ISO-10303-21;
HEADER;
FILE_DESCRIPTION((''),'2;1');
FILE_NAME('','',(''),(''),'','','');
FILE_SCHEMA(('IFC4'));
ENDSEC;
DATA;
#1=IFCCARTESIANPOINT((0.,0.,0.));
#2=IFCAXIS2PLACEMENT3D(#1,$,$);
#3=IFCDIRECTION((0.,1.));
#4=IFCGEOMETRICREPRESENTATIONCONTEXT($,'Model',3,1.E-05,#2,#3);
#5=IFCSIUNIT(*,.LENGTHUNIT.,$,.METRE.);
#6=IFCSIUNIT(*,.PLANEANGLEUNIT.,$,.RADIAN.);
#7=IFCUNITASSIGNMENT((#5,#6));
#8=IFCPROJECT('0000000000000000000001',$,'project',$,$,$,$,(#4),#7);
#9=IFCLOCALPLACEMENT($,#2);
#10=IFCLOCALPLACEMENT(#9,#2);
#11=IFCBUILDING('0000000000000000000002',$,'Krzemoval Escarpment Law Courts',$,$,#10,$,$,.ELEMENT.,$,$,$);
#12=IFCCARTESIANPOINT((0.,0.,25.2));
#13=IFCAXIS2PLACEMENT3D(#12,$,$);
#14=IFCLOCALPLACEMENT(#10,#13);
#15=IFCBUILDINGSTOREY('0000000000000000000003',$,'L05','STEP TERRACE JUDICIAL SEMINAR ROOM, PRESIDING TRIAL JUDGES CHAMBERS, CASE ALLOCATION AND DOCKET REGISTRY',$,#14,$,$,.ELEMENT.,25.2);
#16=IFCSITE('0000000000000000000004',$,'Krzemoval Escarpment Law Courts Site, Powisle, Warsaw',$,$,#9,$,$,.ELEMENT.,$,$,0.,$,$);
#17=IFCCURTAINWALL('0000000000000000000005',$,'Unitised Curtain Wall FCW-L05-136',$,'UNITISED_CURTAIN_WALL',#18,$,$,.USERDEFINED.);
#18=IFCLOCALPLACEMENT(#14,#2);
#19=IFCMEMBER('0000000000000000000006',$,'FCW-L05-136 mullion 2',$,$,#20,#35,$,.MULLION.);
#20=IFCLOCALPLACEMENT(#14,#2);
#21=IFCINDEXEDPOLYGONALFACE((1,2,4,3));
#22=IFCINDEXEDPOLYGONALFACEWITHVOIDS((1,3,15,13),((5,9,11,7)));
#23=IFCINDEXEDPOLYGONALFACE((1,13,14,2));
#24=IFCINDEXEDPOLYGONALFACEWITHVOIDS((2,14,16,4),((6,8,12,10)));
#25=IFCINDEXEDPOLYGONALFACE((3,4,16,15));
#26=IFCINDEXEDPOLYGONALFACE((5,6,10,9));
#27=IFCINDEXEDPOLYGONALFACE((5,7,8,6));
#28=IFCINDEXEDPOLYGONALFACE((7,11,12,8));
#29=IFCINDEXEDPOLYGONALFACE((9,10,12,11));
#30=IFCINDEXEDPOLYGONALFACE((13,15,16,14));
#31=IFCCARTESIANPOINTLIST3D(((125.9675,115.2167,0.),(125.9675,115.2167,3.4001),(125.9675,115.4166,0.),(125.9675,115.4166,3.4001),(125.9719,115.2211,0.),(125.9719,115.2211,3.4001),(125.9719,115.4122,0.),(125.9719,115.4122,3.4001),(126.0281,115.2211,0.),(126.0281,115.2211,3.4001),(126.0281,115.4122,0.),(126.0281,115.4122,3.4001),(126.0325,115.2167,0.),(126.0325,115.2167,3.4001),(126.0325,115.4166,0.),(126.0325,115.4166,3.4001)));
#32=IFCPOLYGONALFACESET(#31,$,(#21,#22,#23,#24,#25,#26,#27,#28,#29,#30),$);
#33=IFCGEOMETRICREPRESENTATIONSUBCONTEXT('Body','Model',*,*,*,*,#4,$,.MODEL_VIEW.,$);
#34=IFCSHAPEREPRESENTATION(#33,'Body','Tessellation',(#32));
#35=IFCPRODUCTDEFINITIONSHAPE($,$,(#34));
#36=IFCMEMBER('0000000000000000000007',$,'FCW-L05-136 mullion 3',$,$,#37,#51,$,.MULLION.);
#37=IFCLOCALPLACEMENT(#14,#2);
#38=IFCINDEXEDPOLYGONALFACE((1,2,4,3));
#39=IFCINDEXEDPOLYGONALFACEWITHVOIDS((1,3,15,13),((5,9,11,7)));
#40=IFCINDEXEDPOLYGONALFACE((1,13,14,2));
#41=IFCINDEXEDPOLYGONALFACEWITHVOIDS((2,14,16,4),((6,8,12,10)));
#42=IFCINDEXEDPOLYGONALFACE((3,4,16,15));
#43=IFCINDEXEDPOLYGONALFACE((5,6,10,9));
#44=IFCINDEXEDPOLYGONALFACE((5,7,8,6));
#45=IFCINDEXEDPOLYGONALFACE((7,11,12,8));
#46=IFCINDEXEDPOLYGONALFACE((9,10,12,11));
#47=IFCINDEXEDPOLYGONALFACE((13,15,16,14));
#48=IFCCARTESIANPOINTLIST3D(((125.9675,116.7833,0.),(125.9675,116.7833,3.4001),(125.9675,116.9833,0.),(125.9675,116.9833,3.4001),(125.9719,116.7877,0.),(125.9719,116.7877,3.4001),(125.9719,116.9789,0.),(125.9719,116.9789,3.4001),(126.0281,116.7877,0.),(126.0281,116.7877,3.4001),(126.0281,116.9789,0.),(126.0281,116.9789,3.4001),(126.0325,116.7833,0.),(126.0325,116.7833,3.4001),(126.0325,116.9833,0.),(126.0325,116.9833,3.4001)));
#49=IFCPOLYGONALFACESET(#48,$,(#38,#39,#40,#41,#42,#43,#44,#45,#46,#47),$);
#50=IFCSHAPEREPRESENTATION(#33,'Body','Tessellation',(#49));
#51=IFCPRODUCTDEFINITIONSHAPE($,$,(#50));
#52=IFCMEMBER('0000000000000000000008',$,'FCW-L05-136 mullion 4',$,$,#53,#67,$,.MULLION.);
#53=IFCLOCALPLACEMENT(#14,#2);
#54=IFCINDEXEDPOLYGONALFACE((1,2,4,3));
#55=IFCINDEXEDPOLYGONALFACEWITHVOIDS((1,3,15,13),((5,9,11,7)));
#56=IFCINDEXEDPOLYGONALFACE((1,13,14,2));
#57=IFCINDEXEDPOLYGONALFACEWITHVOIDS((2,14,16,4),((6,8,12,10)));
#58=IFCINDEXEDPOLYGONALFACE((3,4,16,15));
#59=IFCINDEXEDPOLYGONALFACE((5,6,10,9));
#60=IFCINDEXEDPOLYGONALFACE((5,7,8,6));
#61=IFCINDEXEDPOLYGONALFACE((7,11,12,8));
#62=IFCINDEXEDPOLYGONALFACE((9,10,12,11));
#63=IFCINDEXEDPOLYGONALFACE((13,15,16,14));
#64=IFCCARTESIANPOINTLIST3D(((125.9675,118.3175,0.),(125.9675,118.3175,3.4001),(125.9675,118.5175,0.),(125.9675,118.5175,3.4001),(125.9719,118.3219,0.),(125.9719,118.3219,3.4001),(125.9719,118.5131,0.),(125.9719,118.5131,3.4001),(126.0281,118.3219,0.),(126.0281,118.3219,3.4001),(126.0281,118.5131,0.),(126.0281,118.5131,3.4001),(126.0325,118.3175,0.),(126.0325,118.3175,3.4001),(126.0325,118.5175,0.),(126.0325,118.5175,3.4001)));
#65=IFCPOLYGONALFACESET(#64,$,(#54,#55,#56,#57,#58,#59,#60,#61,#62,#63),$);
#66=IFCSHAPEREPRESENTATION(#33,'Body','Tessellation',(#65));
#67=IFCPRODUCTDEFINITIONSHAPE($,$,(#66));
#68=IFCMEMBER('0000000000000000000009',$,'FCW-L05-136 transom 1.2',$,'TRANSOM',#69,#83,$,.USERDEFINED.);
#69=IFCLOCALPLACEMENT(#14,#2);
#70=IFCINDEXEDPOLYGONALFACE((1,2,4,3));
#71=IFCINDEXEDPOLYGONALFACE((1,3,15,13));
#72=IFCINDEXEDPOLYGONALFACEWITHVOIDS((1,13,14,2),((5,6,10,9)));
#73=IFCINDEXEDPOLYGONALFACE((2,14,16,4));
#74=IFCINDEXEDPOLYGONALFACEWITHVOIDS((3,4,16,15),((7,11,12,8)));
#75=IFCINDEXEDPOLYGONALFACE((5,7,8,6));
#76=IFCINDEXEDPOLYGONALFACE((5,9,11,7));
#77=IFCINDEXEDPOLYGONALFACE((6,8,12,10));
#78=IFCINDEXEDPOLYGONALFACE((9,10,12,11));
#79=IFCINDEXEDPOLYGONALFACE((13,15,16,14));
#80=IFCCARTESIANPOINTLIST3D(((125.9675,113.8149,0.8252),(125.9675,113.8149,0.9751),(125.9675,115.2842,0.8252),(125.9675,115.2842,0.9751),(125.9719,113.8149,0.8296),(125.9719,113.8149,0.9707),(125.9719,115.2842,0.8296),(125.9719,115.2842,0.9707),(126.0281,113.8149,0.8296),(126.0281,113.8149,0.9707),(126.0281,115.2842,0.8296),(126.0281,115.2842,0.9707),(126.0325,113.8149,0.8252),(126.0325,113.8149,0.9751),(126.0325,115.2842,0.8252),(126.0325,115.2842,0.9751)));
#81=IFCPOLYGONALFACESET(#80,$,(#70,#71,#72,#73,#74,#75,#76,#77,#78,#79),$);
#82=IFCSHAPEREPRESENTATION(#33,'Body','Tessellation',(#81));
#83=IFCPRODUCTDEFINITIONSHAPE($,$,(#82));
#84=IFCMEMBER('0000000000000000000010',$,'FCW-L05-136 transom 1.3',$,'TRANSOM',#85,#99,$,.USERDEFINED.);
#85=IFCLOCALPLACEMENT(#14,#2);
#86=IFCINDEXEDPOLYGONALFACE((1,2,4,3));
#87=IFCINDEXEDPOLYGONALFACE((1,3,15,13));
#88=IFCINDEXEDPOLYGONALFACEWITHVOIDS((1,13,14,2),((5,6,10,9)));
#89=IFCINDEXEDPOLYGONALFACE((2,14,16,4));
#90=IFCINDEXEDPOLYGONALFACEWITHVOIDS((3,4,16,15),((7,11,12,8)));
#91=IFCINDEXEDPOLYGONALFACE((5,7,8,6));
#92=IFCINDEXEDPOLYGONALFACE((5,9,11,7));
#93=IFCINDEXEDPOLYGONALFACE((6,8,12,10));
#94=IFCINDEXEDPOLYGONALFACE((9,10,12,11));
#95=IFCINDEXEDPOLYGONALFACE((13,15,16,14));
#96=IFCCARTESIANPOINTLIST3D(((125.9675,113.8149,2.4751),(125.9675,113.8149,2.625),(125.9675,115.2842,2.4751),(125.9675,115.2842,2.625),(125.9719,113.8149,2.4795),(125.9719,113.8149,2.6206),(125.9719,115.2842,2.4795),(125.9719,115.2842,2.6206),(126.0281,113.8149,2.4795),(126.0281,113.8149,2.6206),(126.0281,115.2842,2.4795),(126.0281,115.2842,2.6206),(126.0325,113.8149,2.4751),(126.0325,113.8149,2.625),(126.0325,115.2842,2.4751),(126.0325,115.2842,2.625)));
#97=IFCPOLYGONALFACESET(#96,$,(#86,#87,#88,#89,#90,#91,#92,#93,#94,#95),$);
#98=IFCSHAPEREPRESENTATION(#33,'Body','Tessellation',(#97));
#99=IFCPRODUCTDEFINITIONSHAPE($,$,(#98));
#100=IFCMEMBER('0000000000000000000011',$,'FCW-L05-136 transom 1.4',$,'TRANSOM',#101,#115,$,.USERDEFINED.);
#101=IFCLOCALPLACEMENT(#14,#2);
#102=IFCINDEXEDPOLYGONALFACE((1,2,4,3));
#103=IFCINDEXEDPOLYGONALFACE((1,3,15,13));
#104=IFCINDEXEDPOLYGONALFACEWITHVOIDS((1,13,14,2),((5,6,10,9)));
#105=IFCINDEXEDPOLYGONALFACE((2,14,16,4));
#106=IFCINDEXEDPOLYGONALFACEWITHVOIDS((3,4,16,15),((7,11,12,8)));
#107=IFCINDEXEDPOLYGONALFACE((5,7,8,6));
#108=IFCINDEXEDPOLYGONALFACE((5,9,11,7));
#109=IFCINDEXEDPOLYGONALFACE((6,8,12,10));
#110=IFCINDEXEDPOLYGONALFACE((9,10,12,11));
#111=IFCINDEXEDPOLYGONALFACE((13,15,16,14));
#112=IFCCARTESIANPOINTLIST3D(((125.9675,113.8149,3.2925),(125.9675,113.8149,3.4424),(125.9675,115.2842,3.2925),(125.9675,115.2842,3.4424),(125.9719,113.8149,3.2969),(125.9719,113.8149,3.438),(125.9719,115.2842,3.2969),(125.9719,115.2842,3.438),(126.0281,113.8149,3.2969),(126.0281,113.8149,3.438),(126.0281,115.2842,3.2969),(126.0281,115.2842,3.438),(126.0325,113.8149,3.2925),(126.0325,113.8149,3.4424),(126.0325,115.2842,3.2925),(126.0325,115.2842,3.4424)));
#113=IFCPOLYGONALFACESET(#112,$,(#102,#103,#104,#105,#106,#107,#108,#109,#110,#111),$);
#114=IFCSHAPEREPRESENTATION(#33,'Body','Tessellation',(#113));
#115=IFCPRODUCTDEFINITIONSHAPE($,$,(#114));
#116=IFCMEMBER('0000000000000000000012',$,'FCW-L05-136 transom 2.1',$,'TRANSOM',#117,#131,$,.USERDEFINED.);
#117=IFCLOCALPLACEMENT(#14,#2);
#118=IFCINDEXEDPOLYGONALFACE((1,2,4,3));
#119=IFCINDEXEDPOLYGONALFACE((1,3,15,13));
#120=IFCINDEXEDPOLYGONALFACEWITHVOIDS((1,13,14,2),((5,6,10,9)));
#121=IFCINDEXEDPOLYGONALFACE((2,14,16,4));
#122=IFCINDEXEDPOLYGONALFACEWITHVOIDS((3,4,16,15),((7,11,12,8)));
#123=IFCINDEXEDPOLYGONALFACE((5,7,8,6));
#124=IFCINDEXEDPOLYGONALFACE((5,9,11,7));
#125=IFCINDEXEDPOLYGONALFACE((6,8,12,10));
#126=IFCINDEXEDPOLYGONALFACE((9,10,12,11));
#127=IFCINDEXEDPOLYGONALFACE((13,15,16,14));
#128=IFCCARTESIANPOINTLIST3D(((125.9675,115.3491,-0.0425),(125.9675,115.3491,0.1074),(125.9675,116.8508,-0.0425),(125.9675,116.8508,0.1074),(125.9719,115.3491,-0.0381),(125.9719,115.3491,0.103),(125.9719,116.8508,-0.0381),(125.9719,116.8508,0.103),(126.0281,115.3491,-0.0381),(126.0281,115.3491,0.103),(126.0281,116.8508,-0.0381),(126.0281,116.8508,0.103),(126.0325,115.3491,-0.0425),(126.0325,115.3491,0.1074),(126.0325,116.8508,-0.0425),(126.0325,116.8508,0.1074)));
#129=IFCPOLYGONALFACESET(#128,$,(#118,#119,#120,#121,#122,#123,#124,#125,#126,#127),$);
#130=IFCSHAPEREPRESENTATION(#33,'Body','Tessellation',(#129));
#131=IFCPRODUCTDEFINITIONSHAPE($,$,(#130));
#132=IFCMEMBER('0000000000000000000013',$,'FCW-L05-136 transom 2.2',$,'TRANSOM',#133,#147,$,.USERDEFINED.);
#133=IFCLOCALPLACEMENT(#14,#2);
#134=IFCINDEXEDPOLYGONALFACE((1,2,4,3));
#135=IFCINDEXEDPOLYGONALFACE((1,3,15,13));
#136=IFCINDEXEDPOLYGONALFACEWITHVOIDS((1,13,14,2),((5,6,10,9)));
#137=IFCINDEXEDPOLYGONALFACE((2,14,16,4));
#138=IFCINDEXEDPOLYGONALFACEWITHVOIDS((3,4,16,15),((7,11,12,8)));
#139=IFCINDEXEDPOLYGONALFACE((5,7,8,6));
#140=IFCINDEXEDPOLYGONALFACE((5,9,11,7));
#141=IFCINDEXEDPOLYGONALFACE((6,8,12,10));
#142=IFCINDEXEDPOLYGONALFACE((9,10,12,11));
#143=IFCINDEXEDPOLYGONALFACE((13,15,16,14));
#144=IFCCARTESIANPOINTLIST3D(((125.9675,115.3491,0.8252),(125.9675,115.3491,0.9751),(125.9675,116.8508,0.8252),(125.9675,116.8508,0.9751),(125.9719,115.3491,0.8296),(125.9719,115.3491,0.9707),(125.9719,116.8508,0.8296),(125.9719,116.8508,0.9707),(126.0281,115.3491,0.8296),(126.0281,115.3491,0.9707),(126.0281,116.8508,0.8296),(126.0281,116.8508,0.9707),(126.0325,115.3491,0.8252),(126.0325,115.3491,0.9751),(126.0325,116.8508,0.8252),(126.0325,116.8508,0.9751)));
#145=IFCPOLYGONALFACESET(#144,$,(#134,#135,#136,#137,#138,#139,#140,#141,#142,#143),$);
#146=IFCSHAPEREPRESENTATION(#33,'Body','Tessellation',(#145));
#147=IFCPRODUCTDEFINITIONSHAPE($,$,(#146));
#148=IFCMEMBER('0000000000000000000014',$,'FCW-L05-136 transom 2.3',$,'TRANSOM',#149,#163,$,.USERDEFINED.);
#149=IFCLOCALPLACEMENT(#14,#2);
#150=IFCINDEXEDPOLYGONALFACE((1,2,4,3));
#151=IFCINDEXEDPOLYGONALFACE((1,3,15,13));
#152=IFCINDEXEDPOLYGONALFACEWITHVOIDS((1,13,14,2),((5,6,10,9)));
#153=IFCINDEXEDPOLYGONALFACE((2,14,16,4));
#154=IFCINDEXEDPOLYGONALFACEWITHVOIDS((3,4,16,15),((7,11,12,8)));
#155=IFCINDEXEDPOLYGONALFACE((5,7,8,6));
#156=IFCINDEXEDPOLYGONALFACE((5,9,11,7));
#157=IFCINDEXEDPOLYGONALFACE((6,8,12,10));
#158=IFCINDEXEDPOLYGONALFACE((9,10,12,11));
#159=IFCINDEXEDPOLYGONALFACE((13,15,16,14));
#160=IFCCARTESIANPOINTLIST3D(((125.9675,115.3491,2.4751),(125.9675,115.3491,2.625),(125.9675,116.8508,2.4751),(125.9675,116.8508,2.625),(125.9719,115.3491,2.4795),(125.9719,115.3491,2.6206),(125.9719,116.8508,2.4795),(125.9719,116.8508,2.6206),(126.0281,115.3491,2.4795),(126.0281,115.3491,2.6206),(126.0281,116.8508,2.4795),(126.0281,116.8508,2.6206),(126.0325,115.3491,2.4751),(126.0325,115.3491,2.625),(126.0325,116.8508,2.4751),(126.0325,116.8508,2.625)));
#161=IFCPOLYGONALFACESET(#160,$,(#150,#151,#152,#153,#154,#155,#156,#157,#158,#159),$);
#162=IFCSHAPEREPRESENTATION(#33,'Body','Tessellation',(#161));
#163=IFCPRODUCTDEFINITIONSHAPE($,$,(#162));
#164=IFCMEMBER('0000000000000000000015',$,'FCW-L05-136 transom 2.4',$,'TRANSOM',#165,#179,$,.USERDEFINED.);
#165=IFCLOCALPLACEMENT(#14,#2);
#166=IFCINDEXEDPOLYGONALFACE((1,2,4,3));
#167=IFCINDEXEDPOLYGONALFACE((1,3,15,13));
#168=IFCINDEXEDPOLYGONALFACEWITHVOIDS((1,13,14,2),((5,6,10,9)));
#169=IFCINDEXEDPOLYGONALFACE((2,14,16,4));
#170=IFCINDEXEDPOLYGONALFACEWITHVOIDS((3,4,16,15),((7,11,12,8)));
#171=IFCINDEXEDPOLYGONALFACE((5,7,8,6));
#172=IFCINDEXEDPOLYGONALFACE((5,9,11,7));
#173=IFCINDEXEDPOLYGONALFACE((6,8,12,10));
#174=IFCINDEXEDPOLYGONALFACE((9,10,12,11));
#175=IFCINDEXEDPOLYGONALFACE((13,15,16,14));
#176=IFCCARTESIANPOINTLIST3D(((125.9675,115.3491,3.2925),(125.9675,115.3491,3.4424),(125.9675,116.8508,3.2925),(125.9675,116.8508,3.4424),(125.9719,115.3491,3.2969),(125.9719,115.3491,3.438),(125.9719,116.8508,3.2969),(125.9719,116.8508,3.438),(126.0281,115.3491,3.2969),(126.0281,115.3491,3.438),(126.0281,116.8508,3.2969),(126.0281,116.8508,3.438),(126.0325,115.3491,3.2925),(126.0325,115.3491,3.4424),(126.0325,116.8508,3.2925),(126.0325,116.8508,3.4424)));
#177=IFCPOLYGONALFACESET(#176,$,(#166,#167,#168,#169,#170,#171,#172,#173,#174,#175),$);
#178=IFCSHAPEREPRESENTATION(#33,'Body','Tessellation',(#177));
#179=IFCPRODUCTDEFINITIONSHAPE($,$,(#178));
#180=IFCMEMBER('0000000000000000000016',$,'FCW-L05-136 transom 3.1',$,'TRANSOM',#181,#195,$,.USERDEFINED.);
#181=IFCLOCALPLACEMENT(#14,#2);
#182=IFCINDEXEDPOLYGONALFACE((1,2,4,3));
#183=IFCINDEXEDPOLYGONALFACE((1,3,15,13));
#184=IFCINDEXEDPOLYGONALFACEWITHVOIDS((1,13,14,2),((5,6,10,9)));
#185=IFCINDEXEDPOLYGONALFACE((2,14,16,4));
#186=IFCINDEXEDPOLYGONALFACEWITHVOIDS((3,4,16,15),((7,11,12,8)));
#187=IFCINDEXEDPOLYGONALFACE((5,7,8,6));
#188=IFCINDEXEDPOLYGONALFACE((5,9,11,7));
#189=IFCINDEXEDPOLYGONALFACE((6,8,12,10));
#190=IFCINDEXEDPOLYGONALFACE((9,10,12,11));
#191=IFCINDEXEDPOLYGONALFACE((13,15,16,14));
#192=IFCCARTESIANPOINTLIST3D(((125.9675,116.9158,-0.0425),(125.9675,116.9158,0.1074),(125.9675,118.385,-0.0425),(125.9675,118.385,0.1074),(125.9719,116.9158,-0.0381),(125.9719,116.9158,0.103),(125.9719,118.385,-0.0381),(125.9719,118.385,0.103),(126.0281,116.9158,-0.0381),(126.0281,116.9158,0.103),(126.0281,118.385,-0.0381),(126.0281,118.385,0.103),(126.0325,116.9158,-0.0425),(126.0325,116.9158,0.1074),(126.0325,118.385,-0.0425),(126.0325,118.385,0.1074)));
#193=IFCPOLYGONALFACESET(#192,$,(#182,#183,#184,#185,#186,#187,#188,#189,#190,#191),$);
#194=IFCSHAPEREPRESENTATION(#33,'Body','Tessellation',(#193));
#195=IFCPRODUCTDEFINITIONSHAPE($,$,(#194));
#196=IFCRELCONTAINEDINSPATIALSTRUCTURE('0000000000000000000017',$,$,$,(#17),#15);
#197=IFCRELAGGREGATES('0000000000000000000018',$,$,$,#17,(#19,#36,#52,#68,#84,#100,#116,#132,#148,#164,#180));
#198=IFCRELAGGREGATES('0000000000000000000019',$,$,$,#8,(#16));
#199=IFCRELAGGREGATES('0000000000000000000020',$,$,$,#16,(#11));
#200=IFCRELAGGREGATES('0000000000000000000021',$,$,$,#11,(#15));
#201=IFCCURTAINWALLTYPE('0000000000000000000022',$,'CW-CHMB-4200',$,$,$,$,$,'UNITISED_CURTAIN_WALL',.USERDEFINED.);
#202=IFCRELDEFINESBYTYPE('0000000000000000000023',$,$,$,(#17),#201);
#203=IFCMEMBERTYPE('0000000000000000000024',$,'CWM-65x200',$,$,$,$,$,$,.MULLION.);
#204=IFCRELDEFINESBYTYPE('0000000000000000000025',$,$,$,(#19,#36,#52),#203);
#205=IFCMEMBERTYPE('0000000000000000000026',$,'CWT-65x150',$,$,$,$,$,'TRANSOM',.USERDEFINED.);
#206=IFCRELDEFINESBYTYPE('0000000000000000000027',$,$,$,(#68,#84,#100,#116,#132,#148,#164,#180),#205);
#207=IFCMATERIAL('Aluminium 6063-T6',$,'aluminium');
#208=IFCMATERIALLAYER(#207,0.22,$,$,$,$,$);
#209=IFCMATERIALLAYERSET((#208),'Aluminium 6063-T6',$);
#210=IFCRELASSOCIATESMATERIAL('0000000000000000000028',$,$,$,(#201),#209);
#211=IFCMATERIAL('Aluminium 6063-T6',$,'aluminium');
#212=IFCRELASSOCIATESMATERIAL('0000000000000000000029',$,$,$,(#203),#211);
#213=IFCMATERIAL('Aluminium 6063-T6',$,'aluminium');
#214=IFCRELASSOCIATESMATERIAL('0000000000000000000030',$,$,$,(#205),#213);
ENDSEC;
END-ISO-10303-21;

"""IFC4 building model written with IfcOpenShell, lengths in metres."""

from ifc_helpers import new_model, si_unit, direction, frame, origin, origin_2d, place, context, subcontext, project, spatial, hollow_rectangle, extrude, material, layer, layer_set, material_profile, profile_set, type_object, element, aggregate, save


model = new_model("IFC4")

# Units and contexts
model_context = context("Model", 3, precision=1e-05, world=origin(), true_north=direction((0.0, 1.0)))
body_context = subcontext(model_context, "Body", "Model", "MODEL_VIEW")
ifc_project = project(units=[si_unit("LENGTHUNIT", "METRE"), si_unit("PLANEANGLEUNIT", "RADIAN")], contexts=[model_context])

# Site, building, storey
site_placement = place(None, origin())
site = spatial("IfcSite", under=ifc_project, at=site_placement, Name="Krzemoval Escarpment Law Courts Site, Powisle, Warsaw", CompositionType="ELEMENT", RefElevation=0.0)
building_placement = place(site_placement, origin())
building = spatial("IfcBuilding", under=site, at=building_placement, Name="Krzemoval Escarpment Law Courts", CompositionType="ELEMENT")
storey_placement = place(building_placement, frame((0.0, 0.0, 25.2)))
storey = spatial("IfcBuildingStorey", under=building, at=storey_placement, Name="L05", Description="STEP TERRACE JUDICIAL SEMINAR ROOM, PRESIDING TRIAL JUDGES CHAMBERS, CASE ALLOCATION AND DOCKET REGISTRY", CompositionType="ELEMENT", Elevation=25.2)

# Curtain wall, members
ifc_material_1 = material(Name="Aluminium 6063-T6", Category="aluminium")
ifc_layer_1 = layer(ifc_material_1, 0.22)
ifc_layer_set_1 = layer_set([ifc_layer_1], Name="Aluminium 6063-T6")
curtain_wall_type = type_object("IfcCurtainWallType", Name="CW-CHMB-4200", ElementType="UNITISED_CURTAIN_WALL", PredefinedType="USERDEFINED", material=ifc_layer_set_1)
curtain_wall_placement = place(storey_placement, origin())
curtain_wall = element("IfcCurtainWall", 1, at=curtain_wall_placement, inside=storey, type_object=curtain_wall_type, Name="Unitised Curtain Wall FCW-L05-136", ObjectType="UNITISED_CURTAIN_WALL", PredefinedType="USERDEFINED")
ifc_material_2 = material(Name="Aluminium 6063-T6", Category="aluminium")
ifc_material_profile_1 = material_profile(ifc_material_2, hollow_rectangle(XDim=0.0649, YDim=0.2, WallThickness=0.0044, at=origin_2d()), Name="ALU M65x200")
ifc_profile_set_1 = profile_set([ifc_material_profile_1], Name="Aluminium 6063-T6")
member_type_1 = type_object("IfcMemberType", Name="CWM-65x200", PredefinedType="MULLION", material=ifc_profile_set_1)
member_1_placement = place(storey_placement, frame((126.0, 115.3167, 0.0), z_axis=(0.0, 0.0, 1.0), x_axis=(-1.0, 0.0, 0.0)))
member_1 = element("IfcMember", 2, at=member_1_placement, type_object=member_type_1, Name="FCW-L05-136 mullion 2", PredefinedType="MULLION", context=body_context, shape_type="SweptSolid", body=[
    extrude(hollow_rectangle(XDim=0.0649, YDim=0.2, WallThickness=0.0044, at=origin_2d()), origin(), (0.0, 0.0, 1.0), 3.4001),
])
member_2_placement = place(storey_placement, frame((126.0, 116.8833, 0.0), z_axis=(0.0, 0.0, 1.0), x_axis=(-1.0, 0.0, 0.0)))
member_2 = element("IfcMember", 3, at=member_2_placement, type_object=member_type_1, Name="FCW-L05-136 mullion 3", PredefinedType="MULLION", context=body_context, shape_type="SweptSolid", body=[
    extrude(hollow_rectangle(XDim=0.0649, YDim=0.2, WallThickness=0.0044, at=origin_2d()), origin(), (0.0, 0.0, 1.0), 3.4001),
])
member_3_placement = place(storey_placement, frame((126.0, 118.4175, 0.0), z_axis=(0.0, 0.0, 1.0), x_axis=(-1.0, 0.0, 0.0)))
member_3 = element("IfcMember", 4, at=member_3_placement, type_object=member_type_1, Name="FCW-L05-136 mullion 4", PredefinedType="MULLION", context=body_context, shape_type="SweptSolid", body=[
    extrude(hollow_rectangle(XDim=0.0649, YDim=0.2, WallThickness=0.0044, at=origin_2d()), origin(), (0.0, 0.0, 1.0), 3.4001),
])
ifc_material_3 = material(Name="Aluminium 6063-T6", Category="aluminium")
ifc_material_profile_2 = material_profile(ifc_material_3, hollow_rectangle(XDim=0.0649, YDim=0.1499, WallThickness=0.0044, at=origin_2d()), Name="ALU T65x150")
ifc_profile_set_2 = profile_set([ifc_material_profile_2], Name="Aluminium 6063-T6")
member_type_2 = type_object("IfcMemberType", Name="CWT-65x150", ElementType="TRANSOM", PredefinedType="USERDEFINED", material=ifc_profile_set_2)
member_4_placement = place(storey_placement, frame((126.0, 113.8149, 0.9001), z_axis=(0.0, 1.0, 0.0), x_axis=(-1.0, 0.0, 0.0)))
member_4 = element("IfcMember", 5, at=member_4_placement, type_object=member_type_2, Name="FCW-L05-136 transom 1.2", ObjectType="TRANSOM", PredefinedType="USERDEFINED", context=body_context, shape_type="SweptSolid", body=[
    extrude(hollow_rectangle(XDim=0.0649, YDim=0.1499, WallThickness=0.0044, at=origin_2d()), origin(), (0.0, 0.0, 1.0), 1.4692),
])
member_5_placement = place(storey_placement, frame((126.0, 113.8149, 2.55), z_axis=(0.0, 1.0, 0.0), x_axis=(-1.0, 0.0, 0.0)))
member_5 = element("IfcMember", 6, at=member_5_placement, type_object=member_type_2, Name="FCW-L05-136 transom 1.3", ObjectType="TRANSOM", PredefinedType="USERDEFINED", context=body_context, shape_type="SweptSolid", body=[
    extrude(hollow_rectangle(XDim=0.0649, YDim=0.1499, WallThickness=0.0044, at=origin_2d()), origin(), (0.0, 0.0, 1.0), 1.4692),
])
member_6_placement = place(storey_placement, frame((126.0, 113.8149, 3.3674), z_axis=(0.0, 1.0, 0.0), x_axis=(-1.0, 0.0, 0.0)))
member_6 = element("IfcMember", 7, at=member_6_placement, type_object=member_type_2, Name="FCW-L05-136 transom 1.4", ObjectType="TRANSOM", PredefinedType="USERDEFINED", context=body_context, shape_type="SweptSolid", body=[
    extrude(hollow_rectangle(XDim=0.0649, YDim=0.1499, WallThickness=0.0044, at=origin_2d()), origin(), (0.0, 0.0, 1.0), 1.4692),
])
member_7_placement = place(storey_placement, frame((126.0, 115.3491, 0.0325), z_axis=(0.0, 1.0, 0.0), x_axis=(-1.0, 0.0, 0.0)))
member_7 = element("IfcMember", 8, at=member_7_placement, type_object=member_type_2, Name="FCW-L05-136 transom 2.1", ObjectType="TRANSOM", PredefinedType="USERDEFINED", context=body_context, shape_type="SweptSolid", body=[
    extrude(hollow_rectangle(XDim=0.0649, YDim=0.1499, WallThickness=0.0044, at=origin_2d()), origin(), (0.0, 0.0, 1.0), 1.5017),
])
member_8_placement = place(storey_placement, frame((126.0, 115.3491, 0.9001), z_axis=(0.0, 1.0, 0.0), x_axis=(-1.0, 0.0, 0.0)))
member_8 = element("IfcMember", 9, at=member_8_placement, type_object=member_type_2, Name="FCW-L05-136 transom 2.2", ObjectType="TRANSOM", PredefinedType="USERDEFINED", context=body_context, shape_type="SweptSolid", body=[
    extrude(hollow_rectangle(XDim=0.0649, YDim=0.1499, WallThickness=0.0044, at=origin_2d()), origin(), (0.0, 0.0, 1.0), 1.5017),
])
member_9_placement = place(storey_placement, frame((126.0, 115.3491, 2.55), z_axis=(0.0, 1.0, 0.0), x_axis=(-1.0, 0.0, 0.0)))
member_9 = element("IfcMember", 10, at=member_9_placement, type_object=member_type_2, Name="FCW-L05-136 transom 2.3", ObjectType="TRANSOM", PredefinedType="USERDEFINED", context=body_context, shape_type="SweptSolid", body=[
    extrude(hollow_rectangle(XDim=0.0649, YDim=0.1499, WallThickness=0.0044, at=origin_2d()), origin(), (0.0, 0.0, 1.0), 1.5017),
])
member_10_placement = place(storey_placement, frame((126.0, 115.3491, 3.3674), z_axis=(0.0, 1.0, 0.0), x_axis=(-1.0, 0.0, 0.0)))
member_10 = element("IfcMember", 11, at=member_10_placement, type_object=member_type_2, Name="FCW-L05-136 transom 2.4", ObjectType="TRANSOM", PredefinedType="USERDEFINED", context=body_context, shape_type="SweptSolid", body=[
    extrude(hollow_rectangle(XDim=0.0649, YDim=0.1499, WallThickness=0.0044, at=origin_2d()), origin(), (0.0, 0.0, 1.0), 1.5017),
])
member_11_placement = place(storey_placement, frame((126.0, 116.9158, 0.0325), z_axis=(0.0, 1.0, 0.0), x_axis=(-1.0, 0.0, 0.0)))
member_11 = element("IfcMember", 12, at=member_11_placement, type_object=member_type_2, Name="FCW-L05-136 transom 3.1", ObjectType="TRANSOM", PredefinedType="USERDEFINED", context=body_context, shape_type="SweptSolid", body=[
    extrude(hollow_rectangle(XDim=0.0649, YDim=0.1499, WallThickness=0.0044, at=origin_2d()), origin(), (0.0, 0.0, 1.0), 1.4692),
])

aggregate(curtain_wall, [member_1, member_2, member_3, member_4, member_5, member_6, member_7, member_8, member_9, member_10, member_11])

save(model, "model.ifc")
